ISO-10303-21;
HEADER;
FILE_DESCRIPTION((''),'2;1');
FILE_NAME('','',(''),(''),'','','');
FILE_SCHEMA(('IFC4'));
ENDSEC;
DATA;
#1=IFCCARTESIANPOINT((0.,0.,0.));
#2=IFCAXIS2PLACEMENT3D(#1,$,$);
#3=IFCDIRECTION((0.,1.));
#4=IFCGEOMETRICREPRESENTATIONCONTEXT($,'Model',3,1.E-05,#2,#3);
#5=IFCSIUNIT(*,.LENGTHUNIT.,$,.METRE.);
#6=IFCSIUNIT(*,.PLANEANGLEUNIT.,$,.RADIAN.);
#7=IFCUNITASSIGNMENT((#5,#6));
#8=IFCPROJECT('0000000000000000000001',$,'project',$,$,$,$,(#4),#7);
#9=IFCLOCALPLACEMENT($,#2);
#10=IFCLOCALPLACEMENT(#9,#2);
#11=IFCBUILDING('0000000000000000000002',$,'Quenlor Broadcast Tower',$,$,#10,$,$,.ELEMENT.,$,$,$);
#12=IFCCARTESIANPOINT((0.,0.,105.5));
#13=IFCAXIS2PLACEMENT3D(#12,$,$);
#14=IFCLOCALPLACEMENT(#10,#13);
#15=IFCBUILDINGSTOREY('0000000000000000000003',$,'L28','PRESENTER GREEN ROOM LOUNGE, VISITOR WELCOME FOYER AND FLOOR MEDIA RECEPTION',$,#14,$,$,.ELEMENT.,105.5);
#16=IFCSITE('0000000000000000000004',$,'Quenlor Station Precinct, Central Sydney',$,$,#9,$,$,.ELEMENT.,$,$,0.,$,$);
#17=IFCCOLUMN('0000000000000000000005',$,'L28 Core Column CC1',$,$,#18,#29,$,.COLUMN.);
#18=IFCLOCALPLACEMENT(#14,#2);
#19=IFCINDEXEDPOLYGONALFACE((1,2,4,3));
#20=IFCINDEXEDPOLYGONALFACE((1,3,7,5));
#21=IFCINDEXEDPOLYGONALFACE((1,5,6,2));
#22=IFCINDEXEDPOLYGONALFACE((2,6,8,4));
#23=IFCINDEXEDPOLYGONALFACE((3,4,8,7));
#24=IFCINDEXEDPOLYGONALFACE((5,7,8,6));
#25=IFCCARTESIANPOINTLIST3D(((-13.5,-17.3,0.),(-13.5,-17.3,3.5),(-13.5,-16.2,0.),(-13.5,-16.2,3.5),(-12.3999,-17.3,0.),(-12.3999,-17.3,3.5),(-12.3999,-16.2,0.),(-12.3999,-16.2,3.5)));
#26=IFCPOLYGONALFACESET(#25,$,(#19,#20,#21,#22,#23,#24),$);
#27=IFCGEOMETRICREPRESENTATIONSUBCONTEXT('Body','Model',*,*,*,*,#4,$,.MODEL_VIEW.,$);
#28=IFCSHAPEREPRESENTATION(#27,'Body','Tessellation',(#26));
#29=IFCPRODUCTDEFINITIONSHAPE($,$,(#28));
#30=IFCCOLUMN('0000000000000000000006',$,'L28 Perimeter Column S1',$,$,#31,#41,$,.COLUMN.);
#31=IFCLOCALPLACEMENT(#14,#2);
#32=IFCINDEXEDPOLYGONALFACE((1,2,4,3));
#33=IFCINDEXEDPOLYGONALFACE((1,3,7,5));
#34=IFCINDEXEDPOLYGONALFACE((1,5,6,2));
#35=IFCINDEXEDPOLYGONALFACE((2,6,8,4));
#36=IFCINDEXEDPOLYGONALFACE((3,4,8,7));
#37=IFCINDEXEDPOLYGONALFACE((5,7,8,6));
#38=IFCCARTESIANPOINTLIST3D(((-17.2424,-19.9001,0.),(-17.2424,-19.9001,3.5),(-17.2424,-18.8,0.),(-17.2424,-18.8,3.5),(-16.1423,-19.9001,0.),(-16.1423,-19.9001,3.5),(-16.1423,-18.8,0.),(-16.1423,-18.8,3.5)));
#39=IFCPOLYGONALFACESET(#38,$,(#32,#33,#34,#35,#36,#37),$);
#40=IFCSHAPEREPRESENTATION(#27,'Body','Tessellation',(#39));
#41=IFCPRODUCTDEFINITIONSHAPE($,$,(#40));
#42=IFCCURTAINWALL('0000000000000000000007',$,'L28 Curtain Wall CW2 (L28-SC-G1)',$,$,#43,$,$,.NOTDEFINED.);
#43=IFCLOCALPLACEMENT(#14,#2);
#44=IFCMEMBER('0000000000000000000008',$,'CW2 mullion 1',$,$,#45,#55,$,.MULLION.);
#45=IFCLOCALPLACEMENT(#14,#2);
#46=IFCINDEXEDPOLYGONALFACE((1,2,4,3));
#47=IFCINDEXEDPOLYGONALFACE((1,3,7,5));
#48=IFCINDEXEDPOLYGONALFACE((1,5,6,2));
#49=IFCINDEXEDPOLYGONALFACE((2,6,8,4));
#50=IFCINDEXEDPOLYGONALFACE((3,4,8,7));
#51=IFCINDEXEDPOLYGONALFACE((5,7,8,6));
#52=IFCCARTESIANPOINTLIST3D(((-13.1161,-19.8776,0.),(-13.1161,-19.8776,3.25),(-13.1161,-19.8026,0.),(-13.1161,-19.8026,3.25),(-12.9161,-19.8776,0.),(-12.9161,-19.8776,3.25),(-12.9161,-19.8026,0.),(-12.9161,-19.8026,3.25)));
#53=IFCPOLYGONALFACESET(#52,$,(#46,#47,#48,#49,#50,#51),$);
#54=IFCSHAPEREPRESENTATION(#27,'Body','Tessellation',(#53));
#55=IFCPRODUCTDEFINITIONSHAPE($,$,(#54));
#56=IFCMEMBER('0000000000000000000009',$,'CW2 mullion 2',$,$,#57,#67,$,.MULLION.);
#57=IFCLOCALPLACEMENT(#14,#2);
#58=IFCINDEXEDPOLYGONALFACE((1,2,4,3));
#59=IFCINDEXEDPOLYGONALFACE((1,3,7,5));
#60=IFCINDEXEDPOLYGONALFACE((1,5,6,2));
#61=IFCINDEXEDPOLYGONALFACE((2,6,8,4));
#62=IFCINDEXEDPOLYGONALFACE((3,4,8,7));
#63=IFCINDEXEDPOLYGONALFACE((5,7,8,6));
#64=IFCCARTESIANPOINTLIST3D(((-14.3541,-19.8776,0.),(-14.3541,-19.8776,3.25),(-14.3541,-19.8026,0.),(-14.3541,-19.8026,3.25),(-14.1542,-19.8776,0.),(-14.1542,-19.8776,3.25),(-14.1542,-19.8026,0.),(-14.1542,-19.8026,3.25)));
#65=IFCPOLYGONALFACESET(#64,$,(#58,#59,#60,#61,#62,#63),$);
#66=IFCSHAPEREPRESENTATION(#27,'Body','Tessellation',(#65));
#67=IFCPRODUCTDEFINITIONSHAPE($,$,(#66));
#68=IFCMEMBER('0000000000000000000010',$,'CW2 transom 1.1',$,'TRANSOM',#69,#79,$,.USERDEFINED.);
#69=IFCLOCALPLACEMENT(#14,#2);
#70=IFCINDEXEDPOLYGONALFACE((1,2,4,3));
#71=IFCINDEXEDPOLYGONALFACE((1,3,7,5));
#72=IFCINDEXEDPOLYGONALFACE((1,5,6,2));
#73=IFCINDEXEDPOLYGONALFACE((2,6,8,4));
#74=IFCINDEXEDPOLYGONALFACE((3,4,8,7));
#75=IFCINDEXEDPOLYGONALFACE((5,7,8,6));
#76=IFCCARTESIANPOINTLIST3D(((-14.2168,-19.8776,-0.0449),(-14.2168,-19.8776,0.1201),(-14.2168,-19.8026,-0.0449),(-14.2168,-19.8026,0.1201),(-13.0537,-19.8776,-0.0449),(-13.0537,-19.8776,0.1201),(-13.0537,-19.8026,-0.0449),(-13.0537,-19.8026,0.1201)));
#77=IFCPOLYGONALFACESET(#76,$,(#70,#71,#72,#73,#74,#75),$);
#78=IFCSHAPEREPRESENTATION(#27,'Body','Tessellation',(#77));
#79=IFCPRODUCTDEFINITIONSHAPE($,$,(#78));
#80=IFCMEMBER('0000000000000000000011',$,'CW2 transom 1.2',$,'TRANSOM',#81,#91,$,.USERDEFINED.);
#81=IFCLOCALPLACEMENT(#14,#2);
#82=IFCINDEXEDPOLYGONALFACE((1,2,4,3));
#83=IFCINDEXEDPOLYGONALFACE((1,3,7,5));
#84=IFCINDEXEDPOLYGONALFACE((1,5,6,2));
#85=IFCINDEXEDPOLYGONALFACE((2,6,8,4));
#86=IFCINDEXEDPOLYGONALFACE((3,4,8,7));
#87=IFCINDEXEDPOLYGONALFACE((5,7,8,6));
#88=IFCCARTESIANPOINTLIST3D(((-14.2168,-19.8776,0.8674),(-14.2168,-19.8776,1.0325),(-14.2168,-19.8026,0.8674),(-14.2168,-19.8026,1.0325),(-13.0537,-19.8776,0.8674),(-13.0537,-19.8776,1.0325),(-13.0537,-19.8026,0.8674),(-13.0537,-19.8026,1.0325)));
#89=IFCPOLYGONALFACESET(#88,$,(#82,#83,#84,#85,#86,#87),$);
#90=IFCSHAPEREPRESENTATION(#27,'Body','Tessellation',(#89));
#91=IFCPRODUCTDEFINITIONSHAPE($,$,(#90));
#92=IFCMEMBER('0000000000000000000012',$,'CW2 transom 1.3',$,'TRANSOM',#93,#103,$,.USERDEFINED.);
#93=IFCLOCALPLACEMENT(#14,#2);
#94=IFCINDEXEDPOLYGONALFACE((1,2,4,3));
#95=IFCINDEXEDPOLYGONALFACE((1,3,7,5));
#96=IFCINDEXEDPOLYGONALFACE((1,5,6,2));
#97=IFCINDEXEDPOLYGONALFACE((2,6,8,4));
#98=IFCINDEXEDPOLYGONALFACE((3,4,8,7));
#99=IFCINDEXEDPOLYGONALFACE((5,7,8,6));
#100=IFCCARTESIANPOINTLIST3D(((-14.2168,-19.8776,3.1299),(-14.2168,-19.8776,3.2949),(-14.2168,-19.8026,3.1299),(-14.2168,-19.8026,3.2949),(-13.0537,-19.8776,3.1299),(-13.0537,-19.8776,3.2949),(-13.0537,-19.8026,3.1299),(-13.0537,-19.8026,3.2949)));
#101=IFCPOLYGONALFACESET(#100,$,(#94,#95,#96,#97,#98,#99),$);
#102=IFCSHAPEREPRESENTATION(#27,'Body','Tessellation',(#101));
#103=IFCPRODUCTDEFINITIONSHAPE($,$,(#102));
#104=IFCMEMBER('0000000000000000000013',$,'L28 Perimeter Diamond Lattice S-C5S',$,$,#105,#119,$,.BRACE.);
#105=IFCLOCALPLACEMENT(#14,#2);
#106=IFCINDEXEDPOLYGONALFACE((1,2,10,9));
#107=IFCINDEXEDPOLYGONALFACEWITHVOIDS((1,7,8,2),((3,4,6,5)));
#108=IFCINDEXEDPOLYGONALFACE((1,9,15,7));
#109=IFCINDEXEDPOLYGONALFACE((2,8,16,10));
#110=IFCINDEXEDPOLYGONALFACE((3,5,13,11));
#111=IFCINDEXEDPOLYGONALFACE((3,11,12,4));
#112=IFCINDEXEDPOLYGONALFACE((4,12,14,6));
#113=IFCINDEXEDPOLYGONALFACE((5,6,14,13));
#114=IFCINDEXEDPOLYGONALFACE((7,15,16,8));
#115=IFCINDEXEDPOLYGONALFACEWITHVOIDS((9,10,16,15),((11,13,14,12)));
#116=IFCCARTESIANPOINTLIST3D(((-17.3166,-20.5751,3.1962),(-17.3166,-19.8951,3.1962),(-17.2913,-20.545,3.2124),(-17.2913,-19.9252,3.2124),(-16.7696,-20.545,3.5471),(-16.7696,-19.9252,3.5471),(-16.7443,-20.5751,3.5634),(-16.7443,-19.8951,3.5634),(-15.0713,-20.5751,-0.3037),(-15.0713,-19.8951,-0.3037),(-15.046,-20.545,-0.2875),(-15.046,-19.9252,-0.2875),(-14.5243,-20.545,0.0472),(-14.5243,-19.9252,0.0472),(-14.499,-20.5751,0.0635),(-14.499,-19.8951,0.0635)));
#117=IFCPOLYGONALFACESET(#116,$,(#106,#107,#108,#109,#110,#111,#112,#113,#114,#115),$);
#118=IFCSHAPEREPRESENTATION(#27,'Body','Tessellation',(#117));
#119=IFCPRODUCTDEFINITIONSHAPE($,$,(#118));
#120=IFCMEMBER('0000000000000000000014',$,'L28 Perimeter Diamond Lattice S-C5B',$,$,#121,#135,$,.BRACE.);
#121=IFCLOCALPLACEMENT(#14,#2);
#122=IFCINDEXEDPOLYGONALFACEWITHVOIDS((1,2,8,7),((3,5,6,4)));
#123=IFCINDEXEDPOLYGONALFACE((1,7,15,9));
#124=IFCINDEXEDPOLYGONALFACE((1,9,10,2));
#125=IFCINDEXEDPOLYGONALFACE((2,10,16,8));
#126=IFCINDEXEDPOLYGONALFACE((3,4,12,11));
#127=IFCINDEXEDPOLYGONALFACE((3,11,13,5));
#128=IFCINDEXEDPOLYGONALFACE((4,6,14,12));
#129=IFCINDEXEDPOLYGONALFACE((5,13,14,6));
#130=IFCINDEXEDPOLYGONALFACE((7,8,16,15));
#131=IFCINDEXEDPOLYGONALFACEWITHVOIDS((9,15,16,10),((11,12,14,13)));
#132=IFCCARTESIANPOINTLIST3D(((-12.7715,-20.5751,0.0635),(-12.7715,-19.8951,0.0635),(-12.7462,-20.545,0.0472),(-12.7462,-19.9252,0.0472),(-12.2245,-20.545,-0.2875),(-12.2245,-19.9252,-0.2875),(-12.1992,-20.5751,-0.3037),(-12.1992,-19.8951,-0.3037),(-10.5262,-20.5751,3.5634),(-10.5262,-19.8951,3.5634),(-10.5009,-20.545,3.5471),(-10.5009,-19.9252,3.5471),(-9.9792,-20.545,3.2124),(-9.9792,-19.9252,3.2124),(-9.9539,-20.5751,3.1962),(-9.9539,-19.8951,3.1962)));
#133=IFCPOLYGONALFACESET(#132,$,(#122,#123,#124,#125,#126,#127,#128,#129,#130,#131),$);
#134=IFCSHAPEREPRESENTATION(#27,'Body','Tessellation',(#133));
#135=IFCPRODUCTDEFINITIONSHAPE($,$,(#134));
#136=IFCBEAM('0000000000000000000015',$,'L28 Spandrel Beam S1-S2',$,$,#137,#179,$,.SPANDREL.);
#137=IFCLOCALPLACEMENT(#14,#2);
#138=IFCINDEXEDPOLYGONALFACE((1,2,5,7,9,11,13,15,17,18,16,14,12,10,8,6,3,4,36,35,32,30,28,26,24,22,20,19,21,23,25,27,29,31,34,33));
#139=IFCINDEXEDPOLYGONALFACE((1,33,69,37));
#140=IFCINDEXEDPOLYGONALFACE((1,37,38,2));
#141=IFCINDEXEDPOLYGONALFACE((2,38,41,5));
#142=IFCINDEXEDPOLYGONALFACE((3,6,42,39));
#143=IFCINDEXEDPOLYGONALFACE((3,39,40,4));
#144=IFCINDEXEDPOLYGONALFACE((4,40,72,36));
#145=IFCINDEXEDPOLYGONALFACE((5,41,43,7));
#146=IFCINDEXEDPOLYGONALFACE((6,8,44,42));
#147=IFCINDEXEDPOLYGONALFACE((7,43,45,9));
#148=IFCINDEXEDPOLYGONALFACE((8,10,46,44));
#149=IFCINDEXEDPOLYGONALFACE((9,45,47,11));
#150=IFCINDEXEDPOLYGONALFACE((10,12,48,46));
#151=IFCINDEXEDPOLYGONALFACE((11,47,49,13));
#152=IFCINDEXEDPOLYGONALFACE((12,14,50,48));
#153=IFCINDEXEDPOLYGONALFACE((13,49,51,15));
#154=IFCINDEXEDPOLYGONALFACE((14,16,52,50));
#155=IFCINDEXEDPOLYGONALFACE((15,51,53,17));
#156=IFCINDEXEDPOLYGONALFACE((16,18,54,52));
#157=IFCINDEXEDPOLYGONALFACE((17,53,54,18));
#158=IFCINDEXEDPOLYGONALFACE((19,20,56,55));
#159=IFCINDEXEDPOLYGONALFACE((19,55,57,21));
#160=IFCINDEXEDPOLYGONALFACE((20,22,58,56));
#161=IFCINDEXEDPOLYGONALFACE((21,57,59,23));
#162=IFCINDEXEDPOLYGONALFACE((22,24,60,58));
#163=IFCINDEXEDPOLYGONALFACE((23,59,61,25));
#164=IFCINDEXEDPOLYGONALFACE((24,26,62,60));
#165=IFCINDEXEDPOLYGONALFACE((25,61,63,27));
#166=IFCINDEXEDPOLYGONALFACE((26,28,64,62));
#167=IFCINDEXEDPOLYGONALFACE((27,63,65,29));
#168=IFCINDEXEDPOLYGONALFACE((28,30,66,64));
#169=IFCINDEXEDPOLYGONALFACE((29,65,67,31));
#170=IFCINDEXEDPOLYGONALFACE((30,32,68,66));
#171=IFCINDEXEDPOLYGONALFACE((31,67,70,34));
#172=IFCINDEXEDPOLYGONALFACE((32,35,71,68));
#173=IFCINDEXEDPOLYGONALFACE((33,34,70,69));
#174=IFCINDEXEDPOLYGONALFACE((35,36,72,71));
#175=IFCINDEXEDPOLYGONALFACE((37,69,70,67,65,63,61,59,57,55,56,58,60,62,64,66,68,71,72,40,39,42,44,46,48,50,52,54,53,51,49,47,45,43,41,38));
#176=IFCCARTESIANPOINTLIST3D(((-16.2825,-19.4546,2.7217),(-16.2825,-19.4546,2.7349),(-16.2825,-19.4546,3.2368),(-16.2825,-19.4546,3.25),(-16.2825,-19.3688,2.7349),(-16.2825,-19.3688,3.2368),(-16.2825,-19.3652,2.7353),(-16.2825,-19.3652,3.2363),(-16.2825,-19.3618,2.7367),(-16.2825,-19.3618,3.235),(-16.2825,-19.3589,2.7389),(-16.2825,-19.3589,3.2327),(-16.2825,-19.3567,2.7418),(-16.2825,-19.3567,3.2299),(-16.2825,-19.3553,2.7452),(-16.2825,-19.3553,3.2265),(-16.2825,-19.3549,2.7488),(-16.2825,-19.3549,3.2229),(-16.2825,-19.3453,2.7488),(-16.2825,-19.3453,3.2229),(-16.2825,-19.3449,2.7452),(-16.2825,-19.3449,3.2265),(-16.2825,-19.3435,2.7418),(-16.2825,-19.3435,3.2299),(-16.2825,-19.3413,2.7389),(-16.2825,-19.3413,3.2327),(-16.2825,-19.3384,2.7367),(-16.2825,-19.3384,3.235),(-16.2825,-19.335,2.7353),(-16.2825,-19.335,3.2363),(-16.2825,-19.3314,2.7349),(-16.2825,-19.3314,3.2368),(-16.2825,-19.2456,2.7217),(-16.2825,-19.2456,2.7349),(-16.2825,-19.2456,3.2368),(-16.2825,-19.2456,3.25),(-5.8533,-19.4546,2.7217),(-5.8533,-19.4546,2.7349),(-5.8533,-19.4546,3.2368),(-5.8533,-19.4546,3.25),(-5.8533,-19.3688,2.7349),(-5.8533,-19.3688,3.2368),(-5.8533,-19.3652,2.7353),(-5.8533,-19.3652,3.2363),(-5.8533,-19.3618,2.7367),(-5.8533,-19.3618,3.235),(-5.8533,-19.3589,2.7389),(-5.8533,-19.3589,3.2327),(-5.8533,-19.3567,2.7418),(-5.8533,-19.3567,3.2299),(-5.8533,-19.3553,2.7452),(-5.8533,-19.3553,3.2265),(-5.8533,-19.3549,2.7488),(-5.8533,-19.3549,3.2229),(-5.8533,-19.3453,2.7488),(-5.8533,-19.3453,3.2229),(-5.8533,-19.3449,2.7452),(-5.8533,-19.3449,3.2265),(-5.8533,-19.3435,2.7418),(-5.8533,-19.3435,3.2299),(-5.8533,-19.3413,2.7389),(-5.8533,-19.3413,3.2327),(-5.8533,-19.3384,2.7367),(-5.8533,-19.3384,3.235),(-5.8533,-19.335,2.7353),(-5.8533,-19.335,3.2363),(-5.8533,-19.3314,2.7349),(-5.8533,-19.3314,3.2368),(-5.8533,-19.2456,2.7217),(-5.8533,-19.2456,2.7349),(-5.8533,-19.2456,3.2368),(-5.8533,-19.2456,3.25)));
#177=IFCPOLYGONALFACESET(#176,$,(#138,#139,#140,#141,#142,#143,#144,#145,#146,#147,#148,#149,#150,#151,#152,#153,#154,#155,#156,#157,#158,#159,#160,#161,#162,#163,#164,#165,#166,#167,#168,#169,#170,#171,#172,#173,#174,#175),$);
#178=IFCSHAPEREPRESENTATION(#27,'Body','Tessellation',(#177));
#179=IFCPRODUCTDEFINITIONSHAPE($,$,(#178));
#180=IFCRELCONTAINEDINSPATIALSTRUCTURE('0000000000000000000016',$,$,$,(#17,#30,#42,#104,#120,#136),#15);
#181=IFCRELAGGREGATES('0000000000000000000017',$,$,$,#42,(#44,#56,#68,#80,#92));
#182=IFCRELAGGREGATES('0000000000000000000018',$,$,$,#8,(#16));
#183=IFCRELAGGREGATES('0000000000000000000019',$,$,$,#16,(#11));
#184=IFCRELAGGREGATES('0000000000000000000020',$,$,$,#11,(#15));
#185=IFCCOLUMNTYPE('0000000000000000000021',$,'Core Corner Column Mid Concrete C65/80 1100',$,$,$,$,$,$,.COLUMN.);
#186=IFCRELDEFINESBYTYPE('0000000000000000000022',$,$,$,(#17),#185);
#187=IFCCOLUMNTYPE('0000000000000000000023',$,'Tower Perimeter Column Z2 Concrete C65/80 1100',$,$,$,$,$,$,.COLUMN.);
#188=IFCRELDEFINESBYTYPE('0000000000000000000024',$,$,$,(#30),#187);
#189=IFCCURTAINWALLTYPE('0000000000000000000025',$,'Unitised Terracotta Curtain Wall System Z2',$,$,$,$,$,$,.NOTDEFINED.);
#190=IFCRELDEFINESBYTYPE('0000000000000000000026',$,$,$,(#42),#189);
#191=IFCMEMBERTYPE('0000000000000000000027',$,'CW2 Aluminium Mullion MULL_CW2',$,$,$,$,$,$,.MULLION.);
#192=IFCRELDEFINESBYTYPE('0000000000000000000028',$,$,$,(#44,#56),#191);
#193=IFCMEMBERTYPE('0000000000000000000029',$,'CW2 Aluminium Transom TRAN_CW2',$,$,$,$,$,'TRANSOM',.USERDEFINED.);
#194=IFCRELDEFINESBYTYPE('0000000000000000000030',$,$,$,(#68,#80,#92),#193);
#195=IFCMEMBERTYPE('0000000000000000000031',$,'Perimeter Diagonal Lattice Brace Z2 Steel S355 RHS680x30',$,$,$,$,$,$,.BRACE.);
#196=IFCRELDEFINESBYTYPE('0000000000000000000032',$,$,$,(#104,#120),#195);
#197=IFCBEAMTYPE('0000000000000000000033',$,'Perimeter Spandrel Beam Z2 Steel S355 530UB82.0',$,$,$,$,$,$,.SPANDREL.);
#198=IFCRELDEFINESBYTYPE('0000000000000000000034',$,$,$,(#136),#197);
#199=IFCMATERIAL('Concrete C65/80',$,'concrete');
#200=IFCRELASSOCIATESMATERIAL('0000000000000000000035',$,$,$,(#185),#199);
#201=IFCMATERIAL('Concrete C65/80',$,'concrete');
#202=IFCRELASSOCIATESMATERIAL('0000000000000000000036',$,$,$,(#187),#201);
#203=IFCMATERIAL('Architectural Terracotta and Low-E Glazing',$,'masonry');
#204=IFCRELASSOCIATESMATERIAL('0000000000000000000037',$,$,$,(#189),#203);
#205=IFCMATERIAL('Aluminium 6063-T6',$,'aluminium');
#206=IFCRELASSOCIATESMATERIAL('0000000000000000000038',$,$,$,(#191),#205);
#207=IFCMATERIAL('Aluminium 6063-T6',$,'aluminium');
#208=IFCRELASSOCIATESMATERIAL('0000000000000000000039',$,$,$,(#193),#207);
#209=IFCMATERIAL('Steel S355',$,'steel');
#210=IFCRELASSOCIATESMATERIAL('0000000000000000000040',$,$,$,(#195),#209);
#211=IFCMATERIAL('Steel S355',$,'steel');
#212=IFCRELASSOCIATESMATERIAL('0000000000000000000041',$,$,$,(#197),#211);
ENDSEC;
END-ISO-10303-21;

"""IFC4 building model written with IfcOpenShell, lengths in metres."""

from ifc_helpers import new_model, si_unit, direction, frame, origin, origin_2d, place, context, subcontext, project, spatial, rectangle, hollow_rectangle, i_section, extrude, material, material_profile, profile_set, type_object, element, aggregate, save


model = new_model("IFC4")

# Units and contexts
model_context = context("Model", 3, precision=1e-05, world=origin(), true_north=direction((0.0, 1.0)))
body_context = subcontext(model_context, "Body", "Model", "MODEL_VIEW")
ifc_project = project(units=[si_unit("LENGTHUNIT", "METRE"), si_unit("PLANEANGLEUNIT", "RADIAN")], contexts=[model_context])

# Site, building, storey
site_placement = place(None, origin())
site = spatial("IfcSite", under=ifc_project, at=site_placement, Name="Quenlor Station Precinct, Central Sydney", CompositionType="ELEMENT", RefElevation=0.0)
building_placement = place(site_placement, origin())
building = spatial("IfcBuilding", under=site, at=building_placement, Name="Quenlor Broadcast Tower", CompositionType="ELEMENT")
storey_placement = place(building_placement, frame((0.0, 0.0, 105.5)))
storey = spatial("IfcBuildingStorey", under=building, at=storey_placement, Name="L28", Description="PRESENTER GREEN ROOM LOUNGE, VISITOR WELCOME FOYER AND FLOOR MEDIA RECEPTION", CompositionType="ELEMENT", Elevation=105.5)

# Columns
ifc_material_1 = material(Name="Concrete C65/80", Category="concrete")
ifc_material_profile_1 = material_profile(ifc_material_1, rectangle(XDim=1.1001, YDim=1.1001, at=origin_2d()))
ifc_profile_set_1 = profile_set([ifc_material_profile_1], Name="Concrete C65/80 RC1100x1100")
column_type_1 = type_object("IfcColumnType", Name="Core Corner Column Mid Concrete C65/80 1100", PredefinedType="COLUMN", material=ifc_profile_set_1)
column_1_placement = place(storey_placement, frame((-12.95, -16.75, 0.0), z_axis=(0.0, 0.0, 1.0), x_axis=(1.0, 0.0, 0.0)))
element("IfcColumn", 1, at=column_1_placement, inside=storey, type_object=column_type_1, Name="L28 Core Column CC1", PredefinedType="COLUMN", context=body_context, shape_type="SweptSolid", body=[
    extrude(rectangle(XDim=1.1001, YDim=1.1001, at=origin_2d()), origin(), (0.0, 0.0, 1.0), 3.5),
])
ifc_material_2 = material(Name="Concrete C65/80", Category="concrete")
ifc_material_profile_2 = material_profile(ifc_material_2, rectangle(XDim=1.1001, YDim=1.1001, at=origin_2d()))
ifc_profile_set_2 = profile_set([ifc_material_profile_2], Name="Concrete C65/80 RC1100x1100")
column_type_2 = type_object("IfcColumnType", Name="Tower Perimeter Column Z2 Concrete C65/80 1100", PredefinedType="COLUMN", material=ifc_profile_set_2)
column_2_placement = place(storey_placement, frame((-16.6924, -19.3501, 0.0), z_axis=(0.0, 0.0, 1.0), x_axis=(0.0, 1.0, 0.0)))
element("IfcColumn", 2, at=column_2_placement, inside=storey, type_object=column_type_2, Name="L28 Perimeter Column S1", PredefinedType="COLUMN", context=body_context, shape_type="SweptSolid", body=[
    extrude(rectangle(XDim=1.1001, YDim=1.1001, at=origin_2d()), origin(), (0.0, 0.0, 1.0), 3.5),
])

# Curtain wall, members
ifc_material_3 = material(Name="Architectural Terracotta and Low-E Glazing", Category="masonry")
curtain_wall_type = type_object("IfcCurtainWallType", Name="Unitised Terracotta Curtain Wall System Z2", PredefinedType="NOTDEFINED", material=ifc_material_3)
curtain_wall_placement = place(storey_placement, origin())
curtain_wall = element("IfcCurtainWall", 3, at=curtain_wall_placement, inside=storey, type_object=curtain_wall_type, Name="L28 Curtain Wall CW2 (L28-SC-G1)", PredefinedType="NOTDEFINED")
ifc_material_4 = material(Name="Aluminium 6063-T6", Category="aluminium")
ifc_material_profile_3 = material_profile(ifc_material_4, rectangle(XDim=0.075, YDim=0.2, at=origin_2d()))
ifc_profile_set_3 = profile_set([ifc_material_profile_3], Name="Aluminium 6063-T6 MULL75x200")
member_type_1 = type_object("IfcMemberType", Name="CW2 Aluminium Mullion MULL_CW2", PredefinedType="MULLION", material=ifc_profile_set_3)
member_1_placement = place(storey_placement, frame((-13.0161, -19.8401, 0.0), z_axis=(0.0, 0.0, 1.0), x_axis=(0.0, -1.0, 0.0)))
member_1 = element("IfcMember", 4, at=member_1_placement, type_object=member_type_1, Name="CW2 mullion 1", PredefinedType="MULLION", context=body_context, shape_type="SweptSolid", body=[
    extrude(rectangle(XDim=0.075, YDim=0.2, at=origin_2d()), origin(), (0.0, 0.0, 1.0), 3.25),
])
member_2_placement = place(storey_placement, frame((-14.2542, -19.8401, 0.0), z_axis=(0.0, 0.0, 1.0), x_axis=(0.0, -1.0, 0.0)))
member_2 = element("IfcMember", 5, at=member_2_placement, type_object=member_type_1, Name="CW2 mullion 2", PredefinedType="MULLION", context=body_context, shape_type="SweptSolid", body=[
    extrude(rectangle(XDim=0.075, YDim=0.2, at=origin_2d()), origin(), (0.0, 0.0, 1.0), 3.25),
])
ifc_material_5 = material(Name="Aluminium 6063-T6", Category="aluminium")
ifc_material_profile_4 = material_profile(ifc_material_5, rectangle(XDim=0.075, YDim=0.165, at=origin_2d()))
ifc_profile_set_4 = profile_set([ifc_material_profile_4], Name="Aluminium 6063-T6 TRAN75x165")
member_type_2 = type_object("IfcMemberType", Name="CW2 Aluminium Transom TRAN_CW2", ElementType="TRANSOM", PredefinedType="USERDEFINED", material=ifc_profile_set_4)
member_3_placement = place(storey_placement, frame((-13.0537, -19.8401, 0.0376), z_axis=(-1.0, 0.0, 0.0), x_axis=(0.0, -1.0, 0.0)))
member_3 = element("IfcMember", 6, at=member_3_placement, type_object=member_type_2, Name="CW2 transom 1.1", ObjectType="TRANSOM", PredefinedType="USERDEFINED", context=body_context, shape_type="SweptSolid", body=[
    extrude(rectangle(XDim=0.075, YDim=0.165, at=origin_2d()), origin(), (0.0, 0.0, 1.0), 1.1631),
])
member_4_placement = place(storey_placement, frame((-13.0537, -19.8401, 0.95), z_axis=(-1.0, 0.0, 0.0), x_axis=(0.0, -1.0, 0.0)))
member_4 = element("IfcMember", 7, at=member_4_placement, type_object=member_type_2, Name="CW2 transom 1.2", ObjectType="TRANSOM", PredefinedType="USERDEFINED", context=body_context, shape_type="SweptSolid", body=[
    extrude(rectangle(XDim=0.075, YDim=0.165, at=origin_2d()), origin(), (0.0, 0.0, 1.0), 1.1631),
])
member_5_placement = place(storey_placement, frame((-13.0537, -19.8401, 3.2124), z_axis=(-1.0, 0.0, 0.0), x_axis=(0.0, -1.0, 0.0)))
member_5 = element("IfcMember", 8, at=member_5_placement, type_object=member_type_2, Name="CW2 transom 1.3", ObjectType="TRANSOM", PredefinedType="USERDEFINED", context=body_context, shape_type="SweptSolid", body=[
    extrude(rectangle(XDim=0.075, YDim=0.165, at=origin_2d()), origin(), (0.0, 0.0, 1.0), 1.1631),
])

# Members
ifc_material_6 = material(Name="Steel S355", Category="steel")
ifc_material_profile_5 = material_profile(ifc_material_6, hollow_rectangle(XDim=0.6799, YDim=0.6799, WallThickness=0.03, at=origin_2d()))
ifc_profile_set_5 = profile_set([ifc_material_profile_5], Name="Steel S355 RHS680x680x30")
member_type_3 = type_object("IfcMemberType", Name="Perimeter Diagonal Lattice Brace Z2 Steel S355 RHS680x30", PredefinedType="BRACE", material=ifc_profile_set_5)
for number, where, z_axis, x_axis, name in (
    (9, (-14.7852, -20.2351, -0.1201), (-0.539968, 0.0, 0.841686), (0.0, -1.0, 0.0), "L28 Perimeter Diamond Lattice S-C5S"),
    (10, (-12.4854, -20.2351, -0.1201), (0.539968, 0.0, 0.841686), (0.0, 1.0, 0.0), "L28 Perimeter Diamond Lattice S-C5B"),
):
    element("IfcMember", number, at=place(storey_placement, frame(where, z_axis=z_axis, x_axis=x_axis)), inside=storey, type_object=member_type_3, Name=name, PredefinedType="BRACE", context=body_context, shape_type="SweptSolid", body=[
        extrude(hollow_rectangle(XDim=0.6799, YDim=0.6799, WallThickness=0.03, at=origin_2d()), origin(), (0.0, 0.0, 1.0), 4.1582),
    ])

# Beam
ifc_material_7 = material(Name="Steel S355", Category="steel")
ifc_material_profile_6 = material_profile(ifc_material_7, i_section(OverallWidth=0.209, OverallDepth=0.5283, WebThickness=0.0095, FlangeThickness=0.0132, FilletRadius=0.0139, at=origin_2d()))
ifc_profile_set_6 = profile_set([ifc_material_profile_6], Name="Steel S355 530UB82.0")
beam_type_1 = type_object("IfcBeamType", Name="Perimeter Spandrel Beam Z2 Steel S355 530UB82.0", PredefinedType="SPANDREL", material=ifc_profile_set_6)
beam_1_placement = place(storey_placement, frame((-16.2825, -19.3501, 2.9858), z_axis=(1.0, 0.0, 0.0), x_axis=(0.0, 1.0, 0.0)))
element("IfcBeam", 11, at=beam_1_placement, inside=storey, type_object=beam_type_1, Name="L28 Spandrel Beam S1-S2", PredefinedType="SPANDREL", context=body_context, shape_type="SweptSolid", body=[
    extrude(i_section(OverallWidth=0.209, OverallDepth=0.5283, WebThickness=0.0095, FlangeThickness=0.0132, FilletRadius=0.0139, at=origin_2d()), origin(), (0.0, 0.0, 1.0), 10.4292),
])

aggregate(curtain_wall, [member_1, member_2, member_3, member_4, member_5])

save(model, "model.ifc")
